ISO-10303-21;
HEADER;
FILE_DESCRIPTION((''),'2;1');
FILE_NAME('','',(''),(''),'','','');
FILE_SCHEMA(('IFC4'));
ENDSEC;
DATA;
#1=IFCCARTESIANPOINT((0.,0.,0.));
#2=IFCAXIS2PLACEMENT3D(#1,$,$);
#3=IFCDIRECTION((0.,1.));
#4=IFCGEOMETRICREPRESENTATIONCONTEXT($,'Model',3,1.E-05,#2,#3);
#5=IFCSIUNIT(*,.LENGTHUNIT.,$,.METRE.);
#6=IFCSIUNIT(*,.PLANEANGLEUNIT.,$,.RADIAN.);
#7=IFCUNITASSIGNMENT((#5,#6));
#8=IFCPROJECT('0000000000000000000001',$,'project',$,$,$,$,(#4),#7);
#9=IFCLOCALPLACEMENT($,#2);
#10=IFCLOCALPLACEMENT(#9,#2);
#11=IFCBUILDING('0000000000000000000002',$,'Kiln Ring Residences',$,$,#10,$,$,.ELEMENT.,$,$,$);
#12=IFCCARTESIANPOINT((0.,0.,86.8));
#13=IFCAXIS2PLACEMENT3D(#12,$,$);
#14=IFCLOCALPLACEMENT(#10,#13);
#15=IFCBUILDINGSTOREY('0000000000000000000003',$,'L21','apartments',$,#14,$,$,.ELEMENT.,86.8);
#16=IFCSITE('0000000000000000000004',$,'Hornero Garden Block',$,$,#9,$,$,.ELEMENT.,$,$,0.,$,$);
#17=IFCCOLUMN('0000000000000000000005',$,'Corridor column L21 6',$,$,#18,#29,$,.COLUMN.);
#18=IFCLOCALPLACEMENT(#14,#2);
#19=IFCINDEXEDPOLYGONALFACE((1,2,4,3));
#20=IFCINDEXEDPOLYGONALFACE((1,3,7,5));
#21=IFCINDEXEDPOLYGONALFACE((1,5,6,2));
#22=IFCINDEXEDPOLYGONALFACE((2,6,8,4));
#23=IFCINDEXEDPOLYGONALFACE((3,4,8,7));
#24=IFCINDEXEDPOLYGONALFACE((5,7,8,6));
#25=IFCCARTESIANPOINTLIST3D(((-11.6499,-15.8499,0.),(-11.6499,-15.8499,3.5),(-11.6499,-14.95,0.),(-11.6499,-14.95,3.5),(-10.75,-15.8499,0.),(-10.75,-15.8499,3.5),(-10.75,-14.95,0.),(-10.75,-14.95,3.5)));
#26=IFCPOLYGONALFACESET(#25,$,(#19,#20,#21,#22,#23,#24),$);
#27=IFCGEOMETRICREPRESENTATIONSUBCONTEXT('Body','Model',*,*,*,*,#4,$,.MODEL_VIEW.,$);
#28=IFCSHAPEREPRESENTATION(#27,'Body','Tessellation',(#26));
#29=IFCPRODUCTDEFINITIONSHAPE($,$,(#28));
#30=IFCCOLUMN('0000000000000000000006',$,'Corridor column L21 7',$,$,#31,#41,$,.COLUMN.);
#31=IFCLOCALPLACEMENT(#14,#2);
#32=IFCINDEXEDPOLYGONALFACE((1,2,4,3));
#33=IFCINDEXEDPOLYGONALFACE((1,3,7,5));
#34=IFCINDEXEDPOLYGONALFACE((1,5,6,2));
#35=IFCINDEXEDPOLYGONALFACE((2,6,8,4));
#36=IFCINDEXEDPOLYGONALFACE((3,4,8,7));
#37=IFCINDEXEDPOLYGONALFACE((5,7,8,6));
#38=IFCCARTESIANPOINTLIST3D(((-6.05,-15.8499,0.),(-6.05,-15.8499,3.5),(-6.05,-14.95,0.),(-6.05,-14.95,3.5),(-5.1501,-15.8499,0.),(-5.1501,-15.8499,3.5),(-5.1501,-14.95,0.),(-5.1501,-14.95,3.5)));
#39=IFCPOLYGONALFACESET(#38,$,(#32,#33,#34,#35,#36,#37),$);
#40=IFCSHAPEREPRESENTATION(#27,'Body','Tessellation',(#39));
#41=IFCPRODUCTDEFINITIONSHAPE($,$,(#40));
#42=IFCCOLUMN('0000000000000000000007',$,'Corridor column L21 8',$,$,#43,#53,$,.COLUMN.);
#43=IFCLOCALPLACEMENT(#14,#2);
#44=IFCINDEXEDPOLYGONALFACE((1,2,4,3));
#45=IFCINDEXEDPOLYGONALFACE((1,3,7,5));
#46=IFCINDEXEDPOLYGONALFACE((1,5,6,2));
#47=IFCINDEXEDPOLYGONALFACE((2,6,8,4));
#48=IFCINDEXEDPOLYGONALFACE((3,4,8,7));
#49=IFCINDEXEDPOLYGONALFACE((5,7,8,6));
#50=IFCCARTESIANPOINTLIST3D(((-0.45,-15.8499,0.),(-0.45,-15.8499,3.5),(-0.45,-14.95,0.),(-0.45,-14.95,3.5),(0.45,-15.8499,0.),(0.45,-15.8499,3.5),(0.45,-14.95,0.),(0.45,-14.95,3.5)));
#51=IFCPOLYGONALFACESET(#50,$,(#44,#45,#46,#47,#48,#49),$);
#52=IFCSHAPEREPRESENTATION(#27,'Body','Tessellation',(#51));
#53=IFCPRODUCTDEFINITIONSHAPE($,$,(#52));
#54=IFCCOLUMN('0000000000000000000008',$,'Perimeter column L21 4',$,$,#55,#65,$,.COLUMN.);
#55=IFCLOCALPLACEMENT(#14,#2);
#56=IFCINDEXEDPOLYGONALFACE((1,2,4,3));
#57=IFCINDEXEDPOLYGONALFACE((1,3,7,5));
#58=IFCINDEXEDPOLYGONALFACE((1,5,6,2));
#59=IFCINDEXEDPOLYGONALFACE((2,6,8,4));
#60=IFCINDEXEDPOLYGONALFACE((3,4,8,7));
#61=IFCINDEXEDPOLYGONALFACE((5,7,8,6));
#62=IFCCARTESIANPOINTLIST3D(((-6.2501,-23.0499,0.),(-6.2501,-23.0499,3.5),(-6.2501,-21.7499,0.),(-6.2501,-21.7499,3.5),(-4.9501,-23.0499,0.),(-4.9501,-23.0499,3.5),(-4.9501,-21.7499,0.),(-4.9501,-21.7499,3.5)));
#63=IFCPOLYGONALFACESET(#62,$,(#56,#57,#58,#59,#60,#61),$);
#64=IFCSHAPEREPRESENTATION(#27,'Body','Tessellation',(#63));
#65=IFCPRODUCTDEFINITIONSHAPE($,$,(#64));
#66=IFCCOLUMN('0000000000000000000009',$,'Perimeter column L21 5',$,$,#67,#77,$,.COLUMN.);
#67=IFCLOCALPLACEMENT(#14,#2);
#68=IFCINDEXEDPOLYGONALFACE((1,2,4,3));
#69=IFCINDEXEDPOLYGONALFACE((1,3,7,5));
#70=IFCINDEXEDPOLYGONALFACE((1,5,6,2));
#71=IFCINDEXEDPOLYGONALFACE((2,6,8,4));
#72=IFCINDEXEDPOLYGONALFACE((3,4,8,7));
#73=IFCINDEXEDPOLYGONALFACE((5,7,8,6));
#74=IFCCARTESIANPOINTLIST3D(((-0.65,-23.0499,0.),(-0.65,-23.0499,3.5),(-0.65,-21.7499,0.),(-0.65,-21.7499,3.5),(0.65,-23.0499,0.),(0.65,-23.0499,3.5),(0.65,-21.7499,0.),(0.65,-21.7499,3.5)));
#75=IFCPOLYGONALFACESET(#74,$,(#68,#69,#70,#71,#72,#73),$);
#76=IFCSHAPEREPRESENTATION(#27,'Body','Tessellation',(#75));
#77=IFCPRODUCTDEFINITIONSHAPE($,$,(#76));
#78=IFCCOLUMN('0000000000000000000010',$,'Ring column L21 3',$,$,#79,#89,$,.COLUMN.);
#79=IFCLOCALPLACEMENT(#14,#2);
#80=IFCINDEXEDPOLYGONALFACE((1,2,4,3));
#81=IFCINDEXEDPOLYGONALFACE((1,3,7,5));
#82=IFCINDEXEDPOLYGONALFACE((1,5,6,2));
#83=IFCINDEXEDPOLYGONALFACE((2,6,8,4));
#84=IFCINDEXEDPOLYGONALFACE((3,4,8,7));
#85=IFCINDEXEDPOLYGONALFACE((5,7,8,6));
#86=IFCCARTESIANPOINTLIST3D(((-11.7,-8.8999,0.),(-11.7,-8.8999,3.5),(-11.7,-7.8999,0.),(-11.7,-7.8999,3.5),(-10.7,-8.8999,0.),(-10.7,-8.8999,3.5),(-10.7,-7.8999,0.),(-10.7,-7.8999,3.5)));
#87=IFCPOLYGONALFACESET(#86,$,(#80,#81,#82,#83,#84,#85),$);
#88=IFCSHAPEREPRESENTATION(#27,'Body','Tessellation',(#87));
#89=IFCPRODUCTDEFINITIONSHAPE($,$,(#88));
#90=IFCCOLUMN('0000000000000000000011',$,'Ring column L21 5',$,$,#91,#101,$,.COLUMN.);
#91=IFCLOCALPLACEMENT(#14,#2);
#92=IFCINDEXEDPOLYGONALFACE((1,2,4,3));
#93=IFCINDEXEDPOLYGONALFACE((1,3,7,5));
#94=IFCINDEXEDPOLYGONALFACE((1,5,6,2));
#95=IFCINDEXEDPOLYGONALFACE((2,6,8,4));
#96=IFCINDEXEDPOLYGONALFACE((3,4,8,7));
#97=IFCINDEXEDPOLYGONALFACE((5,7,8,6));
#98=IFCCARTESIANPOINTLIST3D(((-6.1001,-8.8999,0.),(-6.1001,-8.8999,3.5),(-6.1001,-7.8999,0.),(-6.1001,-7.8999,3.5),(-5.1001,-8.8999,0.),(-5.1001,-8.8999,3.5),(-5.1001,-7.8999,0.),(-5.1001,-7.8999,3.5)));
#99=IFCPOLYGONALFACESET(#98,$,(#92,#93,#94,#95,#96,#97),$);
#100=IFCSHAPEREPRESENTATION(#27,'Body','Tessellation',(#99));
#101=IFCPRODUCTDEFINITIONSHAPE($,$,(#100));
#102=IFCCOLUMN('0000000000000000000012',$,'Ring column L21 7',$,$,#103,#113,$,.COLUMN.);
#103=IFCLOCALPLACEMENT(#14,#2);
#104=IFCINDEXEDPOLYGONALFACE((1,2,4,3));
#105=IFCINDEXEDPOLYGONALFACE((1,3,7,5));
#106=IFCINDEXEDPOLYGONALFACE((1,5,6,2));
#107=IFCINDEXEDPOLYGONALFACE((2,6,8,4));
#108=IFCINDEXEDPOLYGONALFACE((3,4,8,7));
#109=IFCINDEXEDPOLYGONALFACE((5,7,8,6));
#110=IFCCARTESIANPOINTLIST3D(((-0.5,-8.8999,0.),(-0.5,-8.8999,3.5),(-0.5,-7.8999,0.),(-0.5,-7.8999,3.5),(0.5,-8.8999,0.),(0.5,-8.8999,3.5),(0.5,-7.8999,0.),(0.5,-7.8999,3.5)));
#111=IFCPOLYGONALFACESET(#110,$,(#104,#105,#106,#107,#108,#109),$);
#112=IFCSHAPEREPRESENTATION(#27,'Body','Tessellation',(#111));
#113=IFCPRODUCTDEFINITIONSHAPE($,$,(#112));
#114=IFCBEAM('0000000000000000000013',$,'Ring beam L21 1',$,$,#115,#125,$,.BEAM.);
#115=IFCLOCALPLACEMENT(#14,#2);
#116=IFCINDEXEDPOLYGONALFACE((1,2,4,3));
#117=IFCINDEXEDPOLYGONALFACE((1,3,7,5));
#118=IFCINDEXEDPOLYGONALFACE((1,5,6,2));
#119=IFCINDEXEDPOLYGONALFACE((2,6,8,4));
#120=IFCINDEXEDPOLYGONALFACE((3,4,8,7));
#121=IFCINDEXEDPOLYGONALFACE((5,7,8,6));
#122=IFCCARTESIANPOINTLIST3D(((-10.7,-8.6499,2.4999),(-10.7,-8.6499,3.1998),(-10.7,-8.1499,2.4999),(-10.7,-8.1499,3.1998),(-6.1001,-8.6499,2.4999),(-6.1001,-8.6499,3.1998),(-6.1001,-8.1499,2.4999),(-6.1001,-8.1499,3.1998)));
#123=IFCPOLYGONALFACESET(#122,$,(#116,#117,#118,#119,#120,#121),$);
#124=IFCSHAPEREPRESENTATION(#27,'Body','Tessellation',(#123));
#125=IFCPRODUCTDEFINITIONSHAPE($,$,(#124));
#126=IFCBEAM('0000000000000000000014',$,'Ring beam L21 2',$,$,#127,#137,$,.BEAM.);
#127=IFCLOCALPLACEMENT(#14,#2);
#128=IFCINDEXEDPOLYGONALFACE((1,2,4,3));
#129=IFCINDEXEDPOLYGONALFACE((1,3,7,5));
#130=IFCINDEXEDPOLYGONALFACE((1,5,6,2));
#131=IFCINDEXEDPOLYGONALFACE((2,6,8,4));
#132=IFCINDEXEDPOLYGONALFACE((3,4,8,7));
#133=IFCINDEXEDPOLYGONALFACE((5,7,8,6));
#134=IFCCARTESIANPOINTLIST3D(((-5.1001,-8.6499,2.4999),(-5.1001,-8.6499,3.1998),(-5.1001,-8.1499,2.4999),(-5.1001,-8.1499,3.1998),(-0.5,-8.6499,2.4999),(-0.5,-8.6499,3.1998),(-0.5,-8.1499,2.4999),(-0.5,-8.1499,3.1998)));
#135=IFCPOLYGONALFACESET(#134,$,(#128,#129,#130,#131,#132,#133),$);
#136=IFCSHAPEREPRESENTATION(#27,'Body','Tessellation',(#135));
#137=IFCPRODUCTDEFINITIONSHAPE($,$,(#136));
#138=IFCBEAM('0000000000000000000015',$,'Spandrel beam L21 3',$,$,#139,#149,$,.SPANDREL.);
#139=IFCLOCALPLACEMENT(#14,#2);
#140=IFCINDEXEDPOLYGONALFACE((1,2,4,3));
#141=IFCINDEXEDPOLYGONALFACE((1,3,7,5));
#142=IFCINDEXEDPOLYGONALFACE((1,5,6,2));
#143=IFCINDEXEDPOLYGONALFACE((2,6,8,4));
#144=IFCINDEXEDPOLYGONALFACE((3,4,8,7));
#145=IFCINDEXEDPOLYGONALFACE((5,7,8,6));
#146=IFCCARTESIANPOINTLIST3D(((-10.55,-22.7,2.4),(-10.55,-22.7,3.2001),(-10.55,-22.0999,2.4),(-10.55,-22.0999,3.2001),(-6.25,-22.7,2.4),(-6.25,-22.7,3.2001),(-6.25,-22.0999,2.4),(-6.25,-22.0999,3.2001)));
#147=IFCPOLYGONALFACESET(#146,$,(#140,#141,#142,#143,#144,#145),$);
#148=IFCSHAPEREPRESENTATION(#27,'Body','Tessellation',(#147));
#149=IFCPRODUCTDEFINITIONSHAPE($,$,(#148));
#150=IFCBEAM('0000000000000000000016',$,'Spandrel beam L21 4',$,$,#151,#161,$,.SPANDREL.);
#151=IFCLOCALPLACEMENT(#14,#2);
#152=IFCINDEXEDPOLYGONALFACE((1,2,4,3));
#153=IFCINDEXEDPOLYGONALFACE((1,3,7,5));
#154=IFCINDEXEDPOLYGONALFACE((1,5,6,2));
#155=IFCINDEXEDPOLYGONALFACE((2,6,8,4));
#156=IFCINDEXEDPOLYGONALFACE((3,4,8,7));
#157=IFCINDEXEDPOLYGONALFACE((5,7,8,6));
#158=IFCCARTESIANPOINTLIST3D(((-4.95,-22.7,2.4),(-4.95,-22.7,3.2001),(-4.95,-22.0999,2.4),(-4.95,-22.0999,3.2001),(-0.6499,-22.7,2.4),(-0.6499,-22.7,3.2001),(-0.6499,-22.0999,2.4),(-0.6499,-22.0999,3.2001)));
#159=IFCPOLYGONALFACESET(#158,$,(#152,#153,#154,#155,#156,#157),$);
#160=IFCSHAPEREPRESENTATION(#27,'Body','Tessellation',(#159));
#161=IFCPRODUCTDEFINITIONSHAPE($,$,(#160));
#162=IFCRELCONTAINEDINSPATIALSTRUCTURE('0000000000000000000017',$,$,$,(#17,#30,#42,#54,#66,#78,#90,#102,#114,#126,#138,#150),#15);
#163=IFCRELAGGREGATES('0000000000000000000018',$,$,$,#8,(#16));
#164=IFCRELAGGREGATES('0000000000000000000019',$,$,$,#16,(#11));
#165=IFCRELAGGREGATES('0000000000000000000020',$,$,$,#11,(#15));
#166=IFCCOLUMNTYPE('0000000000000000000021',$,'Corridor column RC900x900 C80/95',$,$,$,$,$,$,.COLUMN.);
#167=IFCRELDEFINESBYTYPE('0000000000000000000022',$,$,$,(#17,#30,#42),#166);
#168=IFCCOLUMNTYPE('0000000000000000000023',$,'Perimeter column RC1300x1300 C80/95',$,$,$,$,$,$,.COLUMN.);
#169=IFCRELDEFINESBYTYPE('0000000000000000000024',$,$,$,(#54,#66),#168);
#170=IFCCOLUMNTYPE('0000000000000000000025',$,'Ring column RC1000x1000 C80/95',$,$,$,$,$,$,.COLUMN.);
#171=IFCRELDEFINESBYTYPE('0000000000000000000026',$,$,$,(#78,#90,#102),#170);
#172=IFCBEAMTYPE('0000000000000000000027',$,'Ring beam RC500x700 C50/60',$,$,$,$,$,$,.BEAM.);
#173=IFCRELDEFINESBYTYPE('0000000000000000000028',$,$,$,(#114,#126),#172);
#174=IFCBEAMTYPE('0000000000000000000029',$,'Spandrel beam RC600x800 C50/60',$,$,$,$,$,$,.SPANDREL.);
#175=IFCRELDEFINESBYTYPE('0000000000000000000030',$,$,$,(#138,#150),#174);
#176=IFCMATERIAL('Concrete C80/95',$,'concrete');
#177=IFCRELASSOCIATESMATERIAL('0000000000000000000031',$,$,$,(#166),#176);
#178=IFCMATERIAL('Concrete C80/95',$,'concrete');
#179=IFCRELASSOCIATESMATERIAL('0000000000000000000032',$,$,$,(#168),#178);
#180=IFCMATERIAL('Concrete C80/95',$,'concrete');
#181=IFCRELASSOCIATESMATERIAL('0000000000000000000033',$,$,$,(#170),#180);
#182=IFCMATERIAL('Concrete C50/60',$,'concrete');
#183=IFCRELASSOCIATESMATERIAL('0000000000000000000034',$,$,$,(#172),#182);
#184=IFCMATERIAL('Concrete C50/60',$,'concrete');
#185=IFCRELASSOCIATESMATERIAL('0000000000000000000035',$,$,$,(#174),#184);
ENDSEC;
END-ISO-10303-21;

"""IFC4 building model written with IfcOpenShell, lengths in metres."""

from ifc_helpers import new_model, si_unit, direction, frame, origin, origin_2d, place, context, subcontext, project, spatial, rectangle, extrude, material, material_profile, profile_set, type_object, element, save


model = new_model("IFC4")

# Units and contexts
model_context = context("Model", 3, precision=1e-05, world=origin(), true_north=direction((0.0, 1.0)))
body_context = subcontext(model_context, "Body", "Model", "MODEL_VIEW")
ifc_project = project(units=[si_unit("LENGTHUNIT", "METRE"), si_unit("PLANEANGLEUNIT", "RADIAN")], contexts=[model_context])

# Site, building, storey
site_placement = place(None, origin())
site = spatial("IfcSite", under=ifc_project, at=site_placement, Name="Hornero Garden Block", CompositionType="ELEMENT", RefElevation=0.0)
building_placement = place(site_placement, origin())
building = spatial("IfcBuilding", under=site, at=building_placement, Name="Kiln Ring Residences", CompositionType="ELEMENT")
storey_placement = place(building_placement, frame((0.0, 0.0, 86.8)))
storey = spatial("IfcBuildingStorey", under=building, at=storey_placement, Name="L21", Description="apartments", CompositionType="ELEMENT", Elevation=86.8)

# Columns
ifc_material_1 = material(Name="Concrete C80/95", Category="concrete")
ifc_material_profile_1 = material_profile(ifc_material_1, rectangle(XDim=0.8999, YDim=0.8999, at=origin_2d()), Name="RC900x900")
ifc_profile_set_1 = profile_set([ifc_material_profile_1], Name="Concrete C80/95")
column_type_1 = type_object("IfcColumnType", Name="Corridor column RC900x900 C80/95", PredefinedType="COLUMN", material=ifc_profile_set_1)
for number, where, z_axis, x_axis, name in (
    (1, (-11.2, -15.3999, 0.0), (0.0, 0.0, 1.0), (1.0, 0.0, 0.0), "Corridor column L21 6"),
    (2, (-5.6001, -15.3999, 0.0), (0.0, 0.0, 1.0), (1.0, 0.0, 0.0), "Corridor column L21 7"),
    (3, (0.0, -15.3999, 0.0), (0.0, 0.0, 1.0), (1.0, 0.0, 0.0), "Corridor column L21 8"),
):
    element("IfcColumn", number, at=place(storey_placement, frame(where, z_axis=z_axis, x_axis=x_axis)), inside=storey, type_object=column_type_1, Name=name, PredefinedType="COLUMN", context=body_context, shape_type="SweptSolid", body=[
        extrude(rectangle(XDim=0.8999, YDim=0.8999, at=origin_2d()), origin(), (0.0, 0.0, 1.0), 3.5),
    ])
ifc_material_2 = material(Name="Concrete C80/95", Category="concrete")
ifc_material_profile_2 = material_profile(ifc_material_2, rectangle(XDim=1.3, YDim=1.3, at=origin_2d()), Name="RC1300x1300")
ifc_profile_set_2 = profile_set([ifc_material_profile_2], Name="Concrete C80/95")
column_type_2 = type_object("IfcColumnType", Name="Perimeter column RC1300x1300 C80/95", PredefinedType="COLUMN", material=ifc_profile_set_2)
for number, where, z_axis, x_axis, name in (
    (4, (-5.6001, -22.3999, 0.0), (0.0, 0.0, 1.0), (1.0, 0.0, 0.0), "Perimeter column L21 4"),
    (5, (0.0, -22.3999, 0.0), (0.0, 0.0, 1.0), (1.0, 0.0, 0.0), "Perimeter column L21 5"),
):
    element("IfcColumn", number, at=place(storey_placement, frame(where, z_axis=z_axis, x_axis=x_axis)), inside=storey, type_object=column_type_2, Name=name, PredefinedType="COLUMN", context=body_context, shape_type="SweptSolid", body=[
        extrude(rectangle(XDim=1.3, YDim=1.3, at=origin_2d()), origin(), (0.0, 0.0, 1.0), 3.5),
    ])
ifc_material_3 = material(Name="Concrete C80/95", Category="concrete")
ifc_material_profile_3 = material_profile(ifc_material_3, rectangle(XDim=1.0, YDim=1.0, at=origin_2d()), Name="RC1000x1000")
ifc_profile_set_3 = profile_set([ifc_material_profile_3], Name="Concrete C80/95")
column_type_3 = type_object("IfcColumnType", Name="Ring column RC1000x1000 C80/95", PredefinedType="COLUMN", material=ifc_profile_set_3)
for number, where, z_axis, x_axis, name in (
    (6, (-11.2, -8.3999, 0.0), (0.0, 0.0, 1.0), (1.0, 0.0, 0.0), "Ring column L21 3"),
    (7, (-5.6001, -8.3999, 0.0), (0.0, 0.0, 1.0), (1.0, 0.0, 0.0), "Ring column L21 5"),
    (8, (0.0, -8.3999, 0.0), (0.0, 0.0, 1.0), (1.0, 0.0, 0.0), "Ring column L21 7"),
):
    element("IfcColumn", number, at=place(storey_placement, frame(where, z_axis=z_axis, x_axis=x_axis)), inside=storey, type_object=column_type_3, Name=name, PredefinedType="COLUMN", context=body_context, shape_type="SweptSolid", body=[
        extrude(rectangle(XDim=1.0, YDim=1.0, at=origin_2d()), origin(), (0.0, 0.0, 1.0), 3.5),
    ])

# Beams
ifc_material_4 = material(Name="Concrete C50/60", Category="concrete")
ifc_material_profile_4 = material_profile(ifc_material_4, rectangle(XDim=0.5, YDim=0.7, at=origin_2d()), Name="RC500x700")
ifc_profile_set_4 = profile_set([ifc_material_profile_4], Name="Concrete C50/60")
beam_type_1 = type_object("IfcBeamType", Name="Ring beam RC500x700 C50/60", PredefinedType="BEAM", material=ifc_profile_set_4)
beam_1_placement = place(storey_placement, frame((-10.7, -8.3999, 2.8499), z_axis=(1.0, 0.0, 0.0), x_axis=(0.0, 1.0, 0.0)))
element("IfcBeam", 9, at=beam_1_placement, inside=storey, type_object=beam_type_1, Name="Ring beam L21 1", PredefinedType="BEAM", context=body_context, shape_type="SweptSolid", body=[
    extrude(rectangle(XDim=0.5, YDim=0.7, at=origin_2d()), origin(), (0.0, 0.0, 1.0), 4.5999),
])
beam_2_placement = place(storey_placement, frame((-5.1001, -8.3999, 2.8499), z_axis=(1.0, 0.0, 0.0), x_axis=(0.0, 1.0, 0.0)))
element("IfcBeam", 10, at=beam_2_placement, inside=storey, type_object=beam_type_1, Name="Ring beam L21 2", PredefinedType="BEAM", context=body_context, shape_type="SweptSolid", body=[
    extrude(rectangle(XDim=0.5, YDim=0.7, at=origin_2d()), origin(), (0.0, 0.0, 1.0), 4.6001),
])
ifc_material_5 = material(Name="Concrete C50/60", Category="concrete")
ifc_material_profile_5 = material_profile(ifc_material_5, rectangle(XDim=0.6001, YDim=0.8, at=origin_2d()), Name="RC600x800")
ifc_profile_set_5 = profile_set([ifc_material_profile_5], Name="Concrete C50/60")
beam_type_2 = type_object("IfcBeamType", Name="Spandrel beam RC600x800 C50/60", PredefinedType="SPANDREL", material=ifc_profile_set_5)
for number, where, z_axis, x_axis, name in (
    (11, (-10.55, -22.3999, 2.8), (1.0, 0.0, 0.0), (0.0, 1.0, 0.0), "Spandrel beam L21 3"),
    (12, (-4.95, -22.3999, 2.8), (1.0, 0.0, 0.0), (0.0, 1.0, 0.0), "Spandrel beam L21 4"),
):
    element("IfcBeam", number, at=place(storey_placement, frame(where, z_axis=z_axis, x_axis=x_axis)), inside=storey, type_object=beam_type_2, Name=name, PredefinedType="SPANDREL", context=body_context, shape_type="SweptSolid", body=[
        extrude(rectangle(XDim=0.6001, YDim=0.8, at=origin_2d()), origin(), (0.0, 0.0, 1.0), 4.3),
    ])

save(model, "model.ifc")
